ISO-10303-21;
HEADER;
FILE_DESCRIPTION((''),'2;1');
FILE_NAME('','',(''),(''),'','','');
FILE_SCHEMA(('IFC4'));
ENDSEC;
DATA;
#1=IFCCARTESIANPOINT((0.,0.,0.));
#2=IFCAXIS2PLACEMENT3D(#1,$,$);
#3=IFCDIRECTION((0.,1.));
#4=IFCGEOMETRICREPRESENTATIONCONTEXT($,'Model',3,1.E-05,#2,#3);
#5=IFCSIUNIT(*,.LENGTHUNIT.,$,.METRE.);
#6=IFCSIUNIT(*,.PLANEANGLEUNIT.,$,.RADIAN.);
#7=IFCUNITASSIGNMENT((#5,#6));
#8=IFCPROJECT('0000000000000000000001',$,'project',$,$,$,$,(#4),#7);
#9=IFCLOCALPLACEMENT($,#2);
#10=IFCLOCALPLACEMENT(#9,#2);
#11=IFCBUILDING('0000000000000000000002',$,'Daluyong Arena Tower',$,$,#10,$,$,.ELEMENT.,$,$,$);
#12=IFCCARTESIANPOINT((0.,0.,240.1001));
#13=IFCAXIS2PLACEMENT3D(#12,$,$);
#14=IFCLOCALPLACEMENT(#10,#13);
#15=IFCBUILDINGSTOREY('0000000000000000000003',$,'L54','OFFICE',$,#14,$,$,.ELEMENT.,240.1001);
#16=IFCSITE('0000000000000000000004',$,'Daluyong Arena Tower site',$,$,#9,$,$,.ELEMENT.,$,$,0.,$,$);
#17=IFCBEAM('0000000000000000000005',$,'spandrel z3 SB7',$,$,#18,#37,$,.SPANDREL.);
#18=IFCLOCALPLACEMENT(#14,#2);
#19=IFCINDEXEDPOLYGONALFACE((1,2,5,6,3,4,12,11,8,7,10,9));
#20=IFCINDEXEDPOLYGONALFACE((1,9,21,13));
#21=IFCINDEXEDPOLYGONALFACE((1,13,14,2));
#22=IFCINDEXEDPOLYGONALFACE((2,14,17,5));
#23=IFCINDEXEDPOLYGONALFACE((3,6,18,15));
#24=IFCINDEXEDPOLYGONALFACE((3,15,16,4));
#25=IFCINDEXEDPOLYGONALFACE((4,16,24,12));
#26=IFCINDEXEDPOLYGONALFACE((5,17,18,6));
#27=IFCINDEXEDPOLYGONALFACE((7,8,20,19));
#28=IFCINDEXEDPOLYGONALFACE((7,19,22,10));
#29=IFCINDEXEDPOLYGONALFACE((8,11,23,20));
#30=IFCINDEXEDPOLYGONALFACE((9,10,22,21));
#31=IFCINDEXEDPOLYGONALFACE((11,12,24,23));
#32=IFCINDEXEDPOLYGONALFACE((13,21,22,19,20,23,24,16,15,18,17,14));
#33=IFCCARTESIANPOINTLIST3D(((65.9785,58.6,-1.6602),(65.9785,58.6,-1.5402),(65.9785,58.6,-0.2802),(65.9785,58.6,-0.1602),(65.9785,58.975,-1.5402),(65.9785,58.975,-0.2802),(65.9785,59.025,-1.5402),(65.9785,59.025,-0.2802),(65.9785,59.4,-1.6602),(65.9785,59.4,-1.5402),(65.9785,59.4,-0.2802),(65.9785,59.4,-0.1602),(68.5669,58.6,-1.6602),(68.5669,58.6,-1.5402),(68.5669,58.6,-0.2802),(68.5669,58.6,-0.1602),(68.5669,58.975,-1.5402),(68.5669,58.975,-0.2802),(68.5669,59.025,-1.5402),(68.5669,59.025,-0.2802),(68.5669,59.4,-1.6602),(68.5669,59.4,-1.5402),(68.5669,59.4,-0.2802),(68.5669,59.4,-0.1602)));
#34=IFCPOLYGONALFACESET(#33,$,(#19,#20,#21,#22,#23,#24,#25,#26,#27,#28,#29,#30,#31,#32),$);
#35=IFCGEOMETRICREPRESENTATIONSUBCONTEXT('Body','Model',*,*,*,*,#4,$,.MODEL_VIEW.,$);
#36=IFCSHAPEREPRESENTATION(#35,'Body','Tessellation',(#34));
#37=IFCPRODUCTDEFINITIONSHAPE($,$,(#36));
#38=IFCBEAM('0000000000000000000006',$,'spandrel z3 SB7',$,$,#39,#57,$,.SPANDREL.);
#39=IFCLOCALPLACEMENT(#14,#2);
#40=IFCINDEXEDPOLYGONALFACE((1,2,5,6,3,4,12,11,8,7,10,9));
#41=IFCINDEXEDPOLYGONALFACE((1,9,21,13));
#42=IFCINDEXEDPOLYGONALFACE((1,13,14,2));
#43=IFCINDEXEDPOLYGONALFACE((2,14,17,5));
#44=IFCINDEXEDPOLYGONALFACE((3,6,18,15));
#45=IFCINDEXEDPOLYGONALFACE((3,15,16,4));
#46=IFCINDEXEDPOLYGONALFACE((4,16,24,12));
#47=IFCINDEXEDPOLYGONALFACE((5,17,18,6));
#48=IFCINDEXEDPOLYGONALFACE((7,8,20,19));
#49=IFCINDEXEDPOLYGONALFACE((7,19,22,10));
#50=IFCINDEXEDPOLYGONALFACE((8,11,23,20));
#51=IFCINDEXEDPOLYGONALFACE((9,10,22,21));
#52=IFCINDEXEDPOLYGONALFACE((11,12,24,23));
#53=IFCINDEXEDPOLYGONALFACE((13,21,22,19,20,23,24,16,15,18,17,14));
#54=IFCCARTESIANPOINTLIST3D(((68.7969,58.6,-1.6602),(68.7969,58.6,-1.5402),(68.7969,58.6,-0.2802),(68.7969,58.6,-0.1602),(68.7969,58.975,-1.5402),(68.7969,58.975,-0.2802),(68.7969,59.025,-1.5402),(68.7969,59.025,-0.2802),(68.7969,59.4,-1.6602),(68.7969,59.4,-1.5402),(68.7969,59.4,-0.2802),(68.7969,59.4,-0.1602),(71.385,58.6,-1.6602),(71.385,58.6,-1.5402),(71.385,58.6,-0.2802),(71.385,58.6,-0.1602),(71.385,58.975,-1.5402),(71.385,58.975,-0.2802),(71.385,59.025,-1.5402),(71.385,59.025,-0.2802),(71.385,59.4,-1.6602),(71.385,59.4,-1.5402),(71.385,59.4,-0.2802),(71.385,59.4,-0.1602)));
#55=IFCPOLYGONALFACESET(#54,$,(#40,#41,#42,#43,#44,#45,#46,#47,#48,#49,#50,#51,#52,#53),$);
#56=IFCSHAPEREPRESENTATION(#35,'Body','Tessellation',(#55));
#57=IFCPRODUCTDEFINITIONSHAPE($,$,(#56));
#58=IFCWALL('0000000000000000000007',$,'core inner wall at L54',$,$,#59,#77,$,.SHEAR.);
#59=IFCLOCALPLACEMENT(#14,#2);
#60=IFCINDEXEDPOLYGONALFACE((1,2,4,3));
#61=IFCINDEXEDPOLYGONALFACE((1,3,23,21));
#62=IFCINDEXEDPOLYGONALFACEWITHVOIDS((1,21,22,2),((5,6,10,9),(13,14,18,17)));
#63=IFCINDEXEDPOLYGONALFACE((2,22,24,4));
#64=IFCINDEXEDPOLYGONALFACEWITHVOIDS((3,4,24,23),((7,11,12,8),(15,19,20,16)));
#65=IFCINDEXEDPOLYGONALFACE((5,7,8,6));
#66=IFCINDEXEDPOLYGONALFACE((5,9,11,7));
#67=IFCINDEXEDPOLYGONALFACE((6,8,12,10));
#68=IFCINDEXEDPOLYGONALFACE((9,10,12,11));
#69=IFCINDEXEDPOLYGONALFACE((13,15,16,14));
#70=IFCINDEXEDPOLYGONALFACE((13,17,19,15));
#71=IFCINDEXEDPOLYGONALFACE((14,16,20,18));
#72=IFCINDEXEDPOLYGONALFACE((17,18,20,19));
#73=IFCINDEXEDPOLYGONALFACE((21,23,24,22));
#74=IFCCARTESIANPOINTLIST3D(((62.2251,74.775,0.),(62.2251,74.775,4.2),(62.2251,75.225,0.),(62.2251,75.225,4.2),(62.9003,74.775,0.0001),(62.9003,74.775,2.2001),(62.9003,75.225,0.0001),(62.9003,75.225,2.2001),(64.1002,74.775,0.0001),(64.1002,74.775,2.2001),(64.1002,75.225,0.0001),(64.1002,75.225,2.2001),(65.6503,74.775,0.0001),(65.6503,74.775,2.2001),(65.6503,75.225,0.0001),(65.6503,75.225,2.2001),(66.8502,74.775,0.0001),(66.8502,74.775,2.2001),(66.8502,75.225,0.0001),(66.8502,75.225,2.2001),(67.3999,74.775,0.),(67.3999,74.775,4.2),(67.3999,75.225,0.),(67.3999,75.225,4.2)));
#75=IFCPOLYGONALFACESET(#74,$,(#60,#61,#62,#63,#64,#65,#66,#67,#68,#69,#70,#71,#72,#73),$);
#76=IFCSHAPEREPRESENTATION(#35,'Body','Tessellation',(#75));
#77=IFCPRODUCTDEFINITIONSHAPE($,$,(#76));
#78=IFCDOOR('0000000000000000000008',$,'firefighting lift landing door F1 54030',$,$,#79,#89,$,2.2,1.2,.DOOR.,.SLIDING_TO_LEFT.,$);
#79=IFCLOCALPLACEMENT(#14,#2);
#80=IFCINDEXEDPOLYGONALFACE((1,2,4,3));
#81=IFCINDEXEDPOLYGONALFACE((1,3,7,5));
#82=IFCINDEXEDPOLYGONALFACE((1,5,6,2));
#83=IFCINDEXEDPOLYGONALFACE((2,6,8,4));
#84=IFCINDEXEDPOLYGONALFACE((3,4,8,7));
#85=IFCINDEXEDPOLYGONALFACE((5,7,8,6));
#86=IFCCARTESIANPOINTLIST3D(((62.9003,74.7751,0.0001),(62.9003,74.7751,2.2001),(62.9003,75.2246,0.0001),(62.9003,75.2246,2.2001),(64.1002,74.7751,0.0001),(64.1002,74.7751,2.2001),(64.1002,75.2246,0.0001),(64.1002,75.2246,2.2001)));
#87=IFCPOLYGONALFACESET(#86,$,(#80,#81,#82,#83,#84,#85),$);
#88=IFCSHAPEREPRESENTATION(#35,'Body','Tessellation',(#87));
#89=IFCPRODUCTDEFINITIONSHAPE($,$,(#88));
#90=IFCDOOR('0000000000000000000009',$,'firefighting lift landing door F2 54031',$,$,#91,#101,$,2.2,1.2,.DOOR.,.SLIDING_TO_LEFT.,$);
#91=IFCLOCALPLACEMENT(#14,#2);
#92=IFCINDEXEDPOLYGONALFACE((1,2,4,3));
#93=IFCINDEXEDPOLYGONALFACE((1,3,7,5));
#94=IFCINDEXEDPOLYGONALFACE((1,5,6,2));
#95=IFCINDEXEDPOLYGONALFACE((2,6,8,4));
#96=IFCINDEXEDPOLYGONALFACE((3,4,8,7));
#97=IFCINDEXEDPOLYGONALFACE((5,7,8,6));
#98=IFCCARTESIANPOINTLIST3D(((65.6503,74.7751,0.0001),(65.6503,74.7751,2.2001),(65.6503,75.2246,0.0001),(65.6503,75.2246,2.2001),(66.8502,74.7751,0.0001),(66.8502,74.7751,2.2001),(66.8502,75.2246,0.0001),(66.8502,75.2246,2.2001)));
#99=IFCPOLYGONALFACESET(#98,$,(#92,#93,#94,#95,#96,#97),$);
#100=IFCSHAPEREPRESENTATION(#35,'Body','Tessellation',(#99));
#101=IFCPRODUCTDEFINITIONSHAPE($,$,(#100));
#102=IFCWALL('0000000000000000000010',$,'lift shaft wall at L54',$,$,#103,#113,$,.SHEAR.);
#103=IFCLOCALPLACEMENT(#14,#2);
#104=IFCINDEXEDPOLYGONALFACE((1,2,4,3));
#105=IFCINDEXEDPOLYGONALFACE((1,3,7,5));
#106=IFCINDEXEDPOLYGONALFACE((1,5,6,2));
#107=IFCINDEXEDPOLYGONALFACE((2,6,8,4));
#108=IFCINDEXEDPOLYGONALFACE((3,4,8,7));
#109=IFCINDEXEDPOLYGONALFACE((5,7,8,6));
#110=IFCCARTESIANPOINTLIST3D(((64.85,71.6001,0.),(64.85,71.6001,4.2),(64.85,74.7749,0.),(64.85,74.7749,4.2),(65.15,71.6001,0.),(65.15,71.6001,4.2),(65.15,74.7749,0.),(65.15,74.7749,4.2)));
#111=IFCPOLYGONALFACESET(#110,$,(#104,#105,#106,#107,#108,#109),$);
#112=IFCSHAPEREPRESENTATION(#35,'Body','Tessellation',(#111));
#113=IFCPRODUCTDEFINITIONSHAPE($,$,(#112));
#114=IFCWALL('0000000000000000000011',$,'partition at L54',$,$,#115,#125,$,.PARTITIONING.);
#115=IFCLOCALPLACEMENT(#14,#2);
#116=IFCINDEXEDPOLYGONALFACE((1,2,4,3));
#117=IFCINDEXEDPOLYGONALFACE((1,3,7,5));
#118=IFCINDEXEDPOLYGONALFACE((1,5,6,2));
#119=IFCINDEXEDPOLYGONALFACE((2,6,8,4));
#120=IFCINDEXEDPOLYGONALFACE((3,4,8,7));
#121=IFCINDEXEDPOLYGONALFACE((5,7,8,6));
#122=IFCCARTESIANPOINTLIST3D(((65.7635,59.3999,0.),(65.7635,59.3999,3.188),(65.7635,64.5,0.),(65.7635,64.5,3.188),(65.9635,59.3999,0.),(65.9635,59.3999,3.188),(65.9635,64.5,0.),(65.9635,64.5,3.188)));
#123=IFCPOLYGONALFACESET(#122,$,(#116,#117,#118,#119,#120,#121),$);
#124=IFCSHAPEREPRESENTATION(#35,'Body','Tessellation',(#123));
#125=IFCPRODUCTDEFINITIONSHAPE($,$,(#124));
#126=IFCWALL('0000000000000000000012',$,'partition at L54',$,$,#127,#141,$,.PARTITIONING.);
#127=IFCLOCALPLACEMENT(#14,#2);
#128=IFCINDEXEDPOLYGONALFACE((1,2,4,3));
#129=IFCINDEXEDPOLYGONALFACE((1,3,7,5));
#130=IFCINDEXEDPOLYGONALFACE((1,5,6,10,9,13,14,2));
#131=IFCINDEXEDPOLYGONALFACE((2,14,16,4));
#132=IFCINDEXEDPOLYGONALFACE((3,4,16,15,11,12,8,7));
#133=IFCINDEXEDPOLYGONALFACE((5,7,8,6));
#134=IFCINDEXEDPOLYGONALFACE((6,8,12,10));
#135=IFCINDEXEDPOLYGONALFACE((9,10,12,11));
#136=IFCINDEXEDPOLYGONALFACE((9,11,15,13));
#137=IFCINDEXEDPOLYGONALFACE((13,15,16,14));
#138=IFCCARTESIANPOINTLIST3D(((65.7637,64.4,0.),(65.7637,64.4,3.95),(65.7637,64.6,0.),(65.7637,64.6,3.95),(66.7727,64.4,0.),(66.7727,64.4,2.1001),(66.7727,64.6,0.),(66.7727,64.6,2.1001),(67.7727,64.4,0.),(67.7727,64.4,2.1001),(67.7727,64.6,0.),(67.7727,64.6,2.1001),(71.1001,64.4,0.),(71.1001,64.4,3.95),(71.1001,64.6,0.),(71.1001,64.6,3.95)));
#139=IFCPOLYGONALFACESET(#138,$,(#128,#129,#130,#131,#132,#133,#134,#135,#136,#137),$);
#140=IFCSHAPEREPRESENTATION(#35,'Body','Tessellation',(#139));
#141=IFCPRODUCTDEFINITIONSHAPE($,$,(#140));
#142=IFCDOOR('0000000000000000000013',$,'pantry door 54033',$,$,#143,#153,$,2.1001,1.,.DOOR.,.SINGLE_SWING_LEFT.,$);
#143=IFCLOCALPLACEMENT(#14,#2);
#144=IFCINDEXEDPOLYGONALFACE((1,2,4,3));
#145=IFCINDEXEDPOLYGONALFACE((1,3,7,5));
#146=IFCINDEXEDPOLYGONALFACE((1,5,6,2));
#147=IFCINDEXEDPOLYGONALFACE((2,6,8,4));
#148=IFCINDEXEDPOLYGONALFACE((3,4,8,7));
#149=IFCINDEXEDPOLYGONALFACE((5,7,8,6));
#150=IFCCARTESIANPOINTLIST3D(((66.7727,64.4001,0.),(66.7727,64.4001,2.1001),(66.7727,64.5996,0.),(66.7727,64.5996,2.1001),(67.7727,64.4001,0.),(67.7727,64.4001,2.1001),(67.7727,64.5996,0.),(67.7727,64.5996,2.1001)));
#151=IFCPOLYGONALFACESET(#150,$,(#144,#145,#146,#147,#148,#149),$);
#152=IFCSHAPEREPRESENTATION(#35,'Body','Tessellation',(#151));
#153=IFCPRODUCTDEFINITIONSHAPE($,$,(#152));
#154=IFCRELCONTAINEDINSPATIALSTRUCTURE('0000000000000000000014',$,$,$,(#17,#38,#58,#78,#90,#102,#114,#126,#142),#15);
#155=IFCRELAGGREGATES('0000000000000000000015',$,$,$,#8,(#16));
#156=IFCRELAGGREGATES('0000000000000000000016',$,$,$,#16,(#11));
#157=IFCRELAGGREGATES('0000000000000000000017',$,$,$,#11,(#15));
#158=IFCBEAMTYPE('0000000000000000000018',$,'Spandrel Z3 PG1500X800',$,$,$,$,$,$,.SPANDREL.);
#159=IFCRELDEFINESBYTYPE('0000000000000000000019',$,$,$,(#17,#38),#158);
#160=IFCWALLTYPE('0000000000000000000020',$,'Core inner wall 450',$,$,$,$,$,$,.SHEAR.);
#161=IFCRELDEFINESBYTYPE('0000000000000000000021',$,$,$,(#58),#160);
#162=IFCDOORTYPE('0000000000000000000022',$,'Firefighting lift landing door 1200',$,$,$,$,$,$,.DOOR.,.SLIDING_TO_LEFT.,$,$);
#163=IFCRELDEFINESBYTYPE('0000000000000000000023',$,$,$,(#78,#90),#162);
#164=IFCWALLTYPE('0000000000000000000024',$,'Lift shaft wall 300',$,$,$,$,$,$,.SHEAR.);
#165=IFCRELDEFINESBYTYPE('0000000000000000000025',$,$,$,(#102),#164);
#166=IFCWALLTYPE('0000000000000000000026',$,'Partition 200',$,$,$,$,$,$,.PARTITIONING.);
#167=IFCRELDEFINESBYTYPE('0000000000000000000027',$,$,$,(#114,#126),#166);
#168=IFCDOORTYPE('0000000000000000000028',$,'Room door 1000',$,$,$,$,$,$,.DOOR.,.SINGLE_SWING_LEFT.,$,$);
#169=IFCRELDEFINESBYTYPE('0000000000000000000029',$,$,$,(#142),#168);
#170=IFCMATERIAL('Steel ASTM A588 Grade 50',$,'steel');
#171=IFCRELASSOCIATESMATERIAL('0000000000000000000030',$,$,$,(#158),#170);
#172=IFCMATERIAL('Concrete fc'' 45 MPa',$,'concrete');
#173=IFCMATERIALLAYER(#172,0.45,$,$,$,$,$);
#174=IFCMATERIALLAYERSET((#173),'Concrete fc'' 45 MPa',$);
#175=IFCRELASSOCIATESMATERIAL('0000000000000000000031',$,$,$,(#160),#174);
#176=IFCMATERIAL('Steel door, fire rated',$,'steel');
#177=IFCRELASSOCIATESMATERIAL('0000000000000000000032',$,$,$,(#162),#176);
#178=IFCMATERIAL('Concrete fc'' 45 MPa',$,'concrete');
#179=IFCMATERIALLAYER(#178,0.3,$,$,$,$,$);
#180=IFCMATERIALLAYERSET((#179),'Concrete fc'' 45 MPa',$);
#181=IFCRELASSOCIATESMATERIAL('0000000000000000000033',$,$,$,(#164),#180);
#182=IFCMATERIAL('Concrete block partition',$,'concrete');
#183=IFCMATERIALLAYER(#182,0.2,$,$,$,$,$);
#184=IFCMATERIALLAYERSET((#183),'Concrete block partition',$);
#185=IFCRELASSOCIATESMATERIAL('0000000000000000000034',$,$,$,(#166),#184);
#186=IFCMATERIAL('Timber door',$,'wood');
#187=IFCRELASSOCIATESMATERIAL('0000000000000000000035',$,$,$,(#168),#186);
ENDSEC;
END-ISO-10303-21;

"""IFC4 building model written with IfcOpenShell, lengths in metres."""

from ifc_helpers import new_model, si_unit, direction, frame, frame_2d, origin, origin_2d, place, context, subcontext, project, spatial, rectangle, i_section, extrude, material, layer, layer_set, material_profile, profile_set, type_object, element, fill, save


model = new_model("IFC4")

# Units and contexts
model_context = context("Model", 3, precision=1e-05, world=origin(), true_north=direction((0.0, 1.0)))
body_context = subcontext(model_context, "Body", "Model", "MODEL_VIEW")
ifc_project = project(units=[si_unit("LENGTHUNIT", "METRE"), si_unit("PLANEANGLEUNIT", "RADIAN")], contexts=[model_context])

# Site, building, storey
site_placement = place(None, origin())
site = spatial("IfcSite", under=ifc_project, at=site_placement, Name="Daluyong Arena Tower site", CompositionType="ELEMENT", RefElevation=0.0)
building_placement = place(site_placement, origin())
building = spatial("IfcBuilding", under=site, at=building_placement, Name="Daluyong Arena Tower", CompositionType="ELEMENT")
storey_placement = place(building_placement, frame((0.0, 0.0, 240.1001)))
storey = spatial("IfcBuildingStorey", under=building, at=storey_placement, Name="L54", Description="OFFICE", CompositionType="ELEMENT", Elevation=240.1001)

# Beams
ifc_material_1 = material(Name="Steel ASTM A588 Grade 50", Category="steel")
ifc_material_profile_1 = material_profile(ifc_material_1, i_section(OverallWidth=0.8, OverallDepth=1.5, WebThickness=0.05, FlangeThickness=0.12, at=origin_2d()))
ifc_profile_set_1 = profile_set([ifc_material_profile_1], Name="Steel ASTM A588 Grade 50")
beam_type_1 = type_object("IfcBeamType", Name="Spandrel Z3 PG1500X800", PredefinedType="SPANDREL", material=ifc_profile_set_1)
beam_1_placement = place(storey_placement, frame((65.9785, 59.0, -0.9102), z_axis=(1.0, 0.0, 0.0), x_axis=(0.0, 1.0, 0.0)))
element("IfcBeam", 1, at=beam_1_placement, inside=storey, type_object=beam_type_1, Name="spandrel z3 SB7", PredefinedType="SPANDREL", context=body_context, shape_type="SweptSolid", body=[
    extrude(i_section(OverallWidth=0.8, OverallDepth=1.5, WebThickness=0.05, FlangeThickness=0.12, at=origin_2d()), origin(), (0.0, 0.0, 1.0), 2.5884),
])
beam_2_placement = place(storey_placement, frame((68.7969, 59.0, -0.9102), z_axis=(1.0, 0.0, 0.0), x_axis=(0.0, 1.0, 0.0)))
element("IfcBeam", 2, at=beam_2_placement, inside=storey, type_object=beam_type_1, Name="spandrel z3 SB7", PredefinedType="SPANDREL", context=body_context, shape_type="SweptSolid", body=[
    extrude(i_section(OverallWidth=0.8, OverallDepth=1.5, WebThickness=0.05, FlangeThickness=0.12, at=origin_2d()), origin(), (0.0, 0.0, 1.0), 2.5881),
])

# Shared definitions
ifc_material_2 = material(Name="Concrete fc' 45 MPa", Category="concrete")
ifc_layer_1 = layer(ifc_material_2, 0.45)
ifc_layer_set_1 = layer_set([ifc_layer_1], Name="Concrete fc' 45 MPa")
wall_type_1 = type_object("IfcWallType", Name="Core inner wall 450", PredefinedType="SHEAR", material=ifc_layer_set_1)

# Wall, openings, doors
wall_1_placement = place(storey_placement, frame((62.2251, 75.0, 0.0), z_axis=(0.0, 0.0, 1.0), x_axis=(1.0, 0.0, 0.0)))
wall_1 = element("IfcWall", 3, at=wall_1_placement, inside=storey, type_object=wall_type_1, Name="core inner wall at L54", PredefinedType="SHEAR", context=body_context, shape_type="SweptSolid", body=[
    extrude(rectangle(XDim=5.1748, YDim=0.45, at=frame_2d((2.5874, 0.0))), origin(), (0.0, 0.0, 1.0), 4.2),
])
opening_1_placement = place(wall_1_placement, frame((0.675, 0.0, 0.0)))
opening_1 = element("IfcOpeningElement", 4, at=opening_1_placement, cuts=wall_1, PredefinedType="OPENING", context=body_context, shape_type="SweptSolid", body=[
    extrude(rectangle(XDim=1.2, YDim=2.2, at=frame_2d((0.6001, 1.1001))), frame((0.0, 0.2349, 0.0), z_axis=(0.0, -1.0, 0.0), x_axis=(1.0, 0.0, 0.0)), (0.0, 0.0, 1.0), 0.47),
])
opening_2_placement = place(wall_1_placement, frame((3.425, 0.0, 0.0)))
opening_2 = element("IfcOpeningElement", 5, at=opening_2_placement, cuts=wall_1, PredefinedType="OPENING", context=body_context, shape_type="SweptSolid", body=[
    extrude(rectangle(XDim=1.2, YDim=2.2, at=frame_2d((0.6001, 1.1001))), frame((0.0, 0.2349, 0.0), z_axis=(0.0, -1.0, 0.0), x_axis=(1.0, 0.0, 0.0)), (0.0, 0.0, 1.0), 0.47),
])
ifc_material_3 = material(Name="Steel door, fire rated", Category="steel")
door_type_1 = type_object("IfcDoorType", Name="Firefighting lift landing door 1200", OperationType="SLIDING_TO_LEFT", PredefinedType="DOOR", material=ifc_material_3)
door_1_placement = place(opening_1_placement, origin())
door_1 = element("IfcDoor", 6, at=door_1_placement, inside=storey, type_object=door_type_1, Name="firefighting lift landing door F1 54030", OperationType="SLIDING_TO_LEFT", OverallHeight=2.2, OverallWidth=1.2, PredefinedType="DOOR", context=body_context, shape_type="SweptSolid", body=[
    extrude(rectangle(XDim=1.2, YDim=2.2, at=frame_2d((0.6001, 1.1001))), frame((0.0, 0.2246, 0.0), z_axis=(0.0, -1.0, 0.0), x_axis=(1.0, 0.0, 0.0)), (0.0, 0.0, 1.0), 0.4495),
])
fill(opening_1, door_1)
door_2_placement = place(opening_2_placement, origin())
door_2 = element("IfcDoor", 7, at=door_2_placement, inside=storey, type_object=door_type_1, Name="firefighting lift landing door F2 54031", OperationType="SLIDING_TO_LEFT", OverallHeight=2.2, OverallWidth=1.2, PredefinedType="DOOR", context=body_context, shape_type="SweptSolid", body=[
    extrude(rectangle(XDim=1.2, YDim=2.2, at=frame_2d((0.6001, 1.1001))), frame((0.0, 0.2246, 0.0), z_axis=(0.0, -1.0, 0.0), x_axis=(1.0, 0.0, 0.0)), (0.0, 0.0, 1.0), 0.4495),
])
fill(opening_2, door_2)

# Walls
ifc_material_4 = material(Name="Concrete fc' 45 MPa", Category="concrete")
ifc_layer_2 = layer(ifc_material_4, 0.3)
ifc_layer_set_2 = layer_set([ifc_layer_2], Name="Concrete fc' 45 MPa")
wall_type_2 = type_object("IfcWallType", Name="Lift shaft wall 300", PredefinedType="SHEAR", material=ifc_layer_set_2)
wall_2_placement = place(storey_placement, frame((65.0, 71.6001, 0.0), z_axis=(0.0, 0.0, 1.0), x_axis=(0.0, 1.0, 0.0)))
element("IfcWall", 8, at=wall_2_placement, inside=storey, type_object=wall_type_2, Name="lift shaft wall at L54", PredefinedType="SHEAR", context=body_context, shape_type="SweptSolid", body=[
    extrude(rectangle(XDim=3.1748, YDim=0.3, at=frame_2d((1.5874, 0.0))), origin(), (0.0, 0.0, 1.0), 4.2),
])
ifc_material_5 = material(Name="Concrete block partition", Category="concrete")
ifc_layer_3 = layer(ifc_material_5, 0.2)
ifc_layer_set_3 = layer_set([ifc_layer_3], Name="Concrete block partition")
wall_type_3 = type_object("IfcWallType", Name="Partition 200", PredefinedType="PARTITIONING", material=ifc_layer_set_3)
wall_3_placement = place(storey_placement, frame((65.8635, 59.3999, 0.0), z_axis=(0.0, 0.0, 1.0), x_axis=(0.0, 1.0, 0.0)))
element("IfcWall", 9, at=wall_3_placement, inside=storey, type_object=wall_type_3, Name="partition at L54", PredefinedType="PARTITIONING", context=body_context, shape_type="SweptSolid", body=[
    extrude(rectangle(XDim=5.1001, YDim=0.2, at=frame_2d((2.55, 0.0))), origin(), (0.0, 0.0, 1.0), 3.188),
])

# Wall, opening, door
wall_4_placement = place(storey_placement, frame((65.7637, 64.5, 0.0), z_axis=(0.0, 0.0, 1.0), x_axis=(1.0, 0.0, 0.0)))
wall_4 = element("IfcWall", 10, at=wall_4_placement, inside=storey, type_object=wall_type_3, Name="partition at L54", PredefinedType="PARTITIONING", context=body_context, shape_type="SweptSolid", body=[
    extrude(rectangle(XDim=5.3364, YDim=0.2, at=frame_2d((2.6682, 0.0))), origin(), (0.0, 0.0, 1.0), 3.95),
])
opening_3_placement = place(wall_4_placement, frame((1.009, 0.0, 0.0)))
opening_3 = element("IfcOpeningElement", 11, at=opening_3_placement, cuts=wall_4, PredefinedType="OPENING", context=body_context, shape_type="SweptSolid", body=[
    extrude(rectangle(XDim=1.0, YDim=2.1001, at=frame_2d((0.5, 1.05))), frame((0.0, 0.1099, 0.0), z_axis=(0.0, -1.0, 0.0), x_axis=(1.0, 0.0, 0.0)), (0.0, 0.0, 1.0), 0.22),
])
ifc_material_6 = material(Name="Timber door", Category="wood")
door_type_2 = type_object("IfcDoorType", Name="Room door 1000", OperationType="SINGLE_SWING_LEFT", PredefinedType="DOOR", material=ifc_material_6)
door_3_placement = place(opening_3_placement, origin())
door_3 = element("IfcDoor", 12, at=door_3_placement, inside=storey, type_object=door_type_2, Name="pantry door 54033", OperationType="SINGLE_SWING_LEFT", OverallHeight=2.1001, OverallWidth=1.0, PredefinedType="DOOR", context=body_context, shape_type="SweptSolid", body=[
    extrude(rectangle(XDim=1.0, YDim=2.1001, at=frame_2d((0.5, 1.05))), frame((0.0, 0.0996, 0.0), z_axis=(0.0, -1.0, 0.0), x_axis=(1.0, 0.0, 0.0)), (0.0, 0.0, 1.0), 0.1995),
])
fill(opening_3, door_3)

save(model, "model.ifc")
